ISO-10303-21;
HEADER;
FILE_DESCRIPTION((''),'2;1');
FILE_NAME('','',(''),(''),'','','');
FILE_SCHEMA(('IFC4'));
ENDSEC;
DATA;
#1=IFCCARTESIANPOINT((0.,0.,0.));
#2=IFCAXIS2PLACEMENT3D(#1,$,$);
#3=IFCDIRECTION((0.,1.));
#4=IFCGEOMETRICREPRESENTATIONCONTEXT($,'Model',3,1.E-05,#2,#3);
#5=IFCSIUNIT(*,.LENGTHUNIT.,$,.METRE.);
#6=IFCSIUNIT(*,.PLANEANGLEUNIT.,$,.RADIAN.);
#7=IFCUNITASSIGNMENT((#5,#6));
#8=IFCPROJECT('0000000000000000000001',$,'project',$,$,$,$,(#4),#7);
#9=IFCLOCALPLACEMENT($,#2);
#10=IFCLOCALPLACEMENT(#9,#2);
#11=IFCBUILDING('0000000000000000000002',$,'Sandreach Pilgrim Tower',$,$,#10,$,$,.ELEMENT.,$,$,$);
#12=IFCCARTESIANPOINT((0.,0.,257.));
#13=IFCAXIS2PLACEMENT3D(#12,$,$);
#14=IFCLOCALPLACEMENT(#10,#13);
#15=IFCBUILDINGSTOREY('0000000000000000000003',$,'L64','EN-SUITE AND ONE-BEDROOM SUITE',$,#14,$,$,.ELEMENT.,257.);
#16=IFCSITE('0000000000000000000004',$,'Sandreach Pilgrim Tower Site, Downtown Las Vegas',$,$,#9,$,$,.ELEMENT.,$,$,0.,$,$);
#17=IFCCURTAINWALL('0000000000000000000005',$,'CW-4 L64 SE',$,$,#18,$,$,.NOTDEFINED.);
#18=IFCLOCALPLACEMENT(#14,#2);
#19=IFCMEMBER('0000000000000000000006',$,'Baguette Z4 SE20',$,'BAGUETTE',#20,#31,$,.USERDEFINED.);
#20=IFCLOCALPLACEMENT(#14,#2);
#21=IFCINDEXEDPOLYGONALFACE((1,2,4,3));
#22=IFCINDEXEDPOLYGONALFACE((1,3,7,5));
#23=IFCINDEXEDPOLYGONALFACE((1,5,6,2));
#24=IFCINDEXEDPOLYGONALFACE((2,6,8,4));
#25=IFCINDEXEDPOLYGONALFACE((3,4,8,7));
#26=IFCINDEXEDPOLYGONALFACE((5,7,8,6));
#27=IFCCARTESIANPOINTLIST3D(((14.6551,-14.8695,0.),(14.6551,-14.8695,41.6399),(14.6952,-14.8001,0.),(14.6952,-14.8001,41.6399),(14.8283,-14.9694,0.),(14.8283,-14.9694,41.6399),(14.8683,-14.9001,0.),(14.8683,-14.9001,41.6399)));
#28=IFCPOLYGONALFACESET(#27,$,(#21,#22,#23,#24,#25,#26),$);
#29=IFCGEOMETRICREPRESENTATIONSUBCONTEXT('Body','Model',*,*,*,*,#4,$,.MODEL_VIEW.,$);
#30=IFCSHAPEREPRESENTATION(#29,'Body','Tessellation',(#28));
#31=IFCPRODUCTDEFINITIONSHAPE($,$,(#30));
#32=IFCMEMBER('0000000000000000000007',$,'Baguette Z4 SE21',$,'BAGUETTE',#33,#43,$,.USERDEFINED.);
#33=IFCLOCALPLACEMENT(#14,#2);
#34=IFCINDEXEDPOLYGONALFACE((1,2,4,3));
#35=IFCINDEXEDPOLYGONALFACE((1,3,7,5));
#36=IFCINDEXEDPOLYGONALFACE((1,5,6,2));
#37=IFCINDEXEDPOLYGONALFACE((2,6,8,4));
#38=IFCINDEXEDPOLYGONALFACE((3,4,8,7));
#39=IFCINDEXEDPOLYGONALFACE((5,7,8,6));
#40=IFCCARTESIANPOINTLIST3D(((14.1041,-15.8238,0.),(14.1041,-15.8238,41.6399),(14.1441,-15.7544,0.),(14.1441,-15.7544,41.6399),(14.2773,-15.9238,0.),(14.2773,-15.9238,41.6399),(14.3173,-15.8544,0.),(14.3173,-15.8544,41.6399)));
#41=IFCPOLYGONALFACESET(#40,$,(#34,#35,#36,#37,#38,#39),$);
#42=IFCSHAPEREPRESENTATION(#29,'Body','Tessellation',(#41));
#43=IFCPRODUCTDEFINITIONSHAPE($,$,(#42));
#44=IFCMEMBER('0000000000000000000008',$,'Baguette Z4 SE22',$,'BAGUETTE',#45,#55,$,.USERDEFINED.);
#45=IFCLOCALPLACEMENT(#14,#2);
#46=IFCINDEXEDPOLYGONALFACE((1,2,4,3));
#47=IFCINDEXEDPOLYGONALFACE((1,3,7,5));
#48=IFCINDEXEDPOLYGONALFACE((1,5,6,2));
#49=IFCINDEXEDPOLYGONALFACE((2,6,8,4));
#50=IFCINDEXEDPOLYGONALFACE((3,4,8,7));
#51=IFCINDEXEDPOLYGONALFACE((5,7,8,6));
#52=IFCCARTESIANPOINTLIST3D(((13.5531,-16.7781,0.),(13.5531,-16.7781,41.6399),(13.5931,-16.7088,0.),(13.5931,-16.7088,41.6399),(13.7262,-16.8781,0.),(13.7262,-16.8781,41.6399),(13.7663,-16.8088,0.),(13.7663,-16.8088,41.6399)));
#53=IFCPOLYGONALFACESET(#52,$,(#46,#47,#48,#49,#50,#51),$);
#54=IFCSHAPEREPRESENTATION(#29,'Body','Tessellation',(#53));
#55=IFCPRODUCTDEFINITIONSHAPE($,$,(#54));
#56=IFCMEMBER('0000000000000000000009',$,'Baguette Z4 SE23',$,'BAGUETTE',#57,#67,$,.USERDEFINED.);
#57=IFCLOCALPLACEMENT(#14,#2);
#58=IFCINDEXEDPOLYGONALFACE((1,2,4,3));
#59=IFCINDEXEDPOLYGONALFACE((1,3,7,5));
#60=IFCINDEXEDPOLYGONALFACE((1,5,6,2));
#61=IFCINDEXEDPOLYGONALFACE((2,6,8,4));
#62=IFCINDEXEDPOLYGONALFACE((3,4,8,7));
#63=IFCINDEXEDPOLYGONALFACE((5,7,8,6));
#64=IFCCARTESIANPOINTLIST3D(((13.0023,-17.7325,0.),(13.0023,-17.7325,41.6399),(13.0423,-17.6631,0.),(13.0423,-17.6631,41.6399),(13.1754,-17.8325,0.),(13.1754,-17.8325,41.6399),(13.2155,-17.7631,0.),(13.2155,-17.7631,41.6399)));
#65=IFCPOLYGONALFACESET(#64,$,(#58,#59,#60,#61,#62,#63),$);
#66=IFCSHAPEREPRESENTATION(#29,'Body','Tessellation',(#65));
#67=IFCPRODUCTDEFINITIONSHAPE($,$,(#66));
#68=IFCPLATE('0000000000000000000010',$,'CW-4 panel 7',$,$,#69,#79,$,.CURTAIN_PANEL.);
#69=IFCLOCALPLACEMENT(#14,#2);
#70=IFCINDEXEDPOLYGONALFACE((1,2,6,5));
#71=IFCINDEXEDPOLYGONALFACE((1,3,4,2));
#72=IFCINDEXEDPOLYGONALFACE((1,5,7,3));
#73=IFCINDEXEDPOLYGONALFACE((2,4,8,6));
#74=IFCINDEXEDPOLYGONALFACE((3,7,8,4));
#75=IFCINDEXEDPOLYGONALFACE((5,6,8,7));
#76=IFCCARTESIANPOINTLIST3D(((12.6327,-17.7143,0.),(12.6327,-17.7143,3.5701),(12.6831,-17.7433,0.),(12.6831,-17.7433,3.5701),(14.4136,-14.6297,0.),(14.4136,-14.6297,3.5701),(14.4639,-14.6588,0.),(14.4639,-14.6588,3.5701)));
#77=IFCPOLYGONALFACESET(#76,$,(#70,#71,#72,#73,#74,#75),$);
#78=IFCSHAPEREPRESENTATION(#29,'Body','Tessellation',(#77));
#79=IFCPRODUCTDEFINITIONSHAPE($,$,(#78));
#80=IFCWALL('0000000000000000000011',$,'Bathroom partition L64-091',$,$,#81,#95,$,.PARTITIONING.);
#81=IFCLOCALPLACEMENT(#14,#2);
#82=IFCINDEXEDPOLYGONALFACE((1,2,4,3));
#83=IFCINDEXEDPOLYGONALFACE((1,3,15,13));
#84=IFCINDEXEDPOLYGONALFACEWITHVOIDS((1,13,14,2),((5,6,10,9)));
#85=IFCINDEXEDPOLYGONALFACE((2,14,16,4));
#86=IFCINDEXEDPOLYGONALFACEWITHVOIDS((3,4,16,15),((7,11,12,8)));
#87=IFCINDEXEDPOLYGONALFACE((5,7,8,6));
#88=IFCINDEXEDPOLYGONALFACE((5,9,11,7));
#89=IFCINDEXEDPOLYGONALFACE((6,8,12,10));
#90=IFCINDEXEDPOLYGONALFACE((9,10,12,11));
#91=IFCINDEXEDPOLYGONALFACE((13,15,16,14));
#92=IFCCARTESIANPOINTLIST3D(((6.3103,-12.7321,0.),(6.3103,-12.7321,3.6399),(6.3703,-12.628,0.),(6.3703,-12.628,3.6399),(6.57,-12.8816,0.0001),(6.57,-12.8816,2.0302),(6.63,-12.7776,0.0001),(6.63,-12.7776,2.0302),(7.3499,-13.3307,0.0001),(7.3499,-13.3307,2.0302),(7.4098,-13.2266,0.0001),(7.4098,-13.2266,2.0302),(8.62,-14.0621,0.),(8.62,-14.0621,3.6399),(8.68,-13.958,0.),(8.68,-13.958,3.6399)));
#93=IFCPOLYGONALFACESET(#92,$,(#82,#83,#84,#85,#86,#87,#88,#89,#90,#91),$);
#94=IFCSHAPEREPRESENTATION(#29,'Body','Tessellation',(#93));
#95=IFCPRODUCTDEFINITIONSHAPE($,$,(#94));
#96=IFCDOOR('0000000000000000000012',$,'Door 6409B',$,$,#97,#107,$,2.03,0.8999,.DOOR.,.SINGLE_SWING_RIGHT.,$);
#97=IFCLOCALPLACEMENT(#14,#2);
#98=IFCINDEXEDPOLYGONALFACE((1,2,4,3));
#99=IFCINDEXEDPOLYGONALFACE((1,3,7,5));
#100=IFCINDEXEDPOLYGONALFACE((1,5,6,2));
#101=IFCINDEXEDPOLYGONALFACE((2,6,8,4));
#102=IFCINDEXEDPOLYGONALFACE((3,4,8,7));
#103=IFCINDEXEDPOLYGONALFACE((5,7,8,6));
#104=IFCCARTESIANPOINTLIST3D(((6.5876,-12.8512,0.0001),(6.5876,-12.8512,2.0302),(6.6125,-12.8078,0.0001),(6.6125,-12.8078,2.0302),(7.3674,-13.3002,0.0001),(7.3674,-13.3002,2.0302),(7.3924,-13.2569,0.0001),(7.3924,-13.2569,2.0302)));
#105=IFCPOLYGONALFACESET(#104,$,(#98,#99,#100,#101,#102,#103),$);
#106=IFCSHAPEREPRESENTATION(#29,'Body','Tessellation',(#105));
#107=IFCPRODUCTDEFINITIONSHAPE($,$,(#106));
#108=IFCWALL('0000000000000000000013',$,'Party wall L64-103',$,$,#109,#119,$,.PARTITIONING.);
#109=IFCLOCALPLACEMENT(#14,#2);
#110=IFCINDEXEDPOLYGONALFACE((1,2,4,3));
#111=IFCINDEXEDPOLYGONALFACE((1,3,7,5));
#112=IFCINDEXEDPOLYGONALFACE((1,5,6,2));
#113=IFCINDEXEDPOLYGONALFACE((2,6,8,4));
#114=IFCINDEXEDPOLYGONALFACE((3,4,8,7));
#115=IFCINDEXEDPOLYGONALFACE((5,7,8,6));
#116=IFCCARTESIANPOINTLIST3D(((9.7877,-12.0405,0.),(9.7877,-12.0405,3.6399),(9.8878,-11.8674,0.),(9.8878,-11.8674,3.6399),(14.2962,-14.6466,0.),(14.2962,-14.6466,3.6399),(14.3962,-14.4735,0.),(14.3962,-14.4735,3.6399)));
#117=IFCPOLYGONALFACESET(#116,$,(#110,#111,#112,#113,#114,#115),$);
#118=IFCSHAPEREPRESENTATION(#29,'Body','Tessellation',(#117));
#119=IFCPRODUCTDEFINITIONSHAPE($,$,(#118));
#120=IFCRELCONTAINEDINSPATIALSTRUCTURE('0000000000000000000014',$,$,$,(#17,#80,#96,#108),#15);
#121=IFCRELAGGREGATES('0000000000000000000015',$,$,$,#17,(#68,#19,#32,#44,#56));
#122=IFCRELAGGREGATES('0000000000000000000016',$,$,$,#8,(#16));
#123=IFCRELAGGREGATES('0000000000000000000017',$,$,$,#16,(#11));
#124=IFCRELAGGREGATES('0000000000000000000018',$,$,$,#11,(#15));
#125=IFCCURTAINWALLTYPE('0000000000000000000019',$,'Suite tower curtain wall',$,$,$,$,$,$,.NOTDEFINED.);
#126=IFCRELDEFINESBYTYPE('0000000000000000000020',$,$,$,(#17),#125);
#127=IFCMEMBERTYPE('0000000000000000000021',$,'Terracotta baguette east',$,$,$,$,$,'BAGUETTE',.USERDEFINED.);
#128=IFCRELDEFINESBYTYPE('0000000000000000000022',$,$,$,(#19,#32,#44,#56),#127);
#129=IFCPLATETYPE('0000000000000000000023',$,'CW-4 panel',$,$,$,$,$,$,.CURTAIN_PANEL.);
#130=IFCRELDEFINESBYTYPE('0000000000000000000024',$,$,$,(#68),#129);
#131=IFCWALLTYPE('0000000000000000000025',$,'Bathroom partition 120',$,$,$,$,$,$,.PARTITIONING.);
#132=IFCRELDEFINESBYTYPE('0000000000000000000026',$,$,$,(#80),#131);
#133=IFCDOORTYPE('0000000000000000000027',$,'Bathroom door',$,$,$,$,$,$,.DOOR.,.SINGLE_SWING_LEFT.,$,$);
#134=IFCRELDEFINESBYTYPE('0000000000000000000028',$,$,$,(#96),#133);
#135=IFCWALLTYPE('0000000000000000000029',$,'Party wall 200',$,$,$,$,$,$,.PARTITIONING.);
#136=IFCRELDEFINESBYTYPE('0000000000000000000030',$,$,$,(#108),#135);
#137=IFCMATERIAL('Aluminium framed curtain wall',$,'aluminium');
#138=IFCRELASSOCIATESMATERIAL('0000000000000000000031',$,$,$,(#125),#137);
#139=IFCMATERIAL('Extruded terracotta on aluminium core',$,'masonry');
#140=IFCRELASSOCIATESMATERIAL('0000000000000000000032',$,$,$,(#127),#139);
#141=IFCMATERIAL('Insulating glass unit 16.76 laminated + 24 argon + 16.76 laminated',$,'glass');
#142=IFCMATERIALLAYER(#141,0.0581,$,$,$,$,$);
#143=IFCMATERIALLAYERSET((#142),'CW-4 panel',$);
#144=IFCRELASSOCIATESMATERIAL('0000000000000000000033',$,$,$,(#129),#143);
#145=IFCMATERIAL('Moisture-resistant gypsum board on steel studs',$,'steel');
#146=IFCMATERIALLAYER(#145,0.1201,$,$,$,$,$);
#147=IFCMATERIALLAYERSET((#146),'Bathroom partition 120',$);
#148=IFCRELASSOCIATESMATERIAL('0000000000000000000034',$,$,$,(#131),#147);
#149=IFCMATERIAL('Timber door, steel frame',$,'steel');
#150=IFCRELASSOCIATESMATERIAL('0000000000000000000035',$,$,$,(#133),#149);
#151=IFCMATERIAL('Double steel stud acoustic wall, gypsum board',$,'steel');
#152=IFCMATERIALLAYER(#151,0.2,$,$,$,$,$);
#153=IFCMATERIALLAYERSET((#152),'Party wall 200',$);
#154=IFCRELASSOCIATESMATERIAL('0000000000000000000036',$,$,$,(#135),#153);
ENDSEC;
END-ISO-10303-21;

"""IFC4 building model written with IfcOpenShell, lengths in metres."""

from ifc_helpers import new_model, si_unit, direction, frame, frame_2d, origin, origin_2d, place, context, subcontext, project, spatial, rectangle, extrude, material, layer, layer_set, material_profile, profile_set, type_object, element, fill, aggregate, save


model = new_model("IFC4")

# Units and contexts
model_context = context("Model", 3, precision=1e-05, world=origin(), true_north=direction((0.0, 1.0)))
body_context = subcontext(model_context, "Body", "Model", "MODEL_VIEW")
ifc_project = project(units=[si_unit("LENGTHUNIT", "METRE"), si_unit("PLANEANGLEUNIT", "RADIAN")], contexts=[model_context])

# Site, building, storey
site_placement = place(None, origin())
site = spatial("IfcSite", under=ifc_project, at=site_placement, Name="Sandreach Pilgrim Tower Site, Downtown Las Vegas", CompositionType="ELEMENT", RefElevation=0.0)
building_placement = place(site_placement, origin())
building = spatial("IfcBuilding", under=site, at=building_placement, Name="Sandreach Pilgrim Tower", CompositionType="ELEMENT")
storey_placement = place(building_placement, frame((0.0, 0.0, 257.0)))
storey = spatial("IfcBuildingStorey", under=building, at=storey_placement, Name="L64", Description="EN-SUITE AND ONE-BEDROOM SUITE", CompositionType="ELEMENT", Elevation=257.0)

# Curtain wall
ifc_material_1 = material(Name="Aluminium framed curtain wall", Category="aluminium")
curtain_wall_type = type_object("IfcCurtainWallType", Name="Suite tower curtain wall", PredefinedType="NOTDEFINED", material=ifc_material_1)
curtain_wall_placement = place(storey_placement, origin())
curtain_wall = element("IfcCurtainWall", 1, at=curtain_wall_placement, inside=storey, type_object=curtain_wall_type, Name="CW-4 L64 SE", PredefinedType="NOTDEFINED")

# Members
ifc_material_2 = material(Name="Extruded terracotta on aluminium core", Category="masonry")
ifc_material_profile_1 = material_profile(ifc_material_2, rectangle(XDim=0.0801, YDim=0.2, at=origin_2d()), Name="TBE 80X200")
ifc_profile_set_1 = profile_set([ifc_material_profile_1], Name="Extruded terracotta on aluminium core")
member_type_1 = type_object("IfcMemberType", Name="Terracotta baguette east", ElementType="BAGUETTE", PredefinedType="USERDEFINED", material=ifc_profile_set_1)
member_1_placement = place(storey_placement, frame((14.7617, -14.8848, 0.0), z_axis=(0.0, 0.0, 1.0), x_axis=(-0.5, -0.866025, 0.0)))
member_1 = element("IfcMember", 2, at=member_1_placement, type_object=member_type_1, Name="Baguette Z4 SE20", ObjectType="BAGUETTE", PredefinedType="USERDEFINED", context=body_context, shape_type="SweptSolid", body=[
    extrude(rectangle(XDim=0.0801, YDim=0.2, at=origin_2d()), origin(), (0.0, 0.0, 1.0), 41.6399),
])
member_2_placement = place(storey_placement, frame((14.2107, -15.8391, 0.0), z_axis=(0.0, 0.0, 1.0), x_axis=(-0.5, -0.866025, 0.0)))
member_2 = element("IfcMember", 3, at=member_2_placement, type_object=member_type_1, Name="Baguette Z4 SE21", ObjectType="BAGUETTE", PredefinedType="USERDEFINED", context=body_context, shape_type="SweptSolid", body=[
    extrude(rectangle(XDim=0.0801, YDim=0.2, at=origin_2d()), origin(), (0.0, 0.0, 1.0), 41.6399),
])
member_3_placement = place(storey_placement, frame((13.6597, -16.7935, 0.0), z_axis=(0.0, 0.0, 1.0), x_axis=(-0.5, -0.866025, 0.0)))
member_3 = element("IfcMember", 4, at=member_3_placement, type_object=member_type_1, Name="Baguette Z4 SE22", ObjectType="BAGUETTE", PredefinedType="USERDEFINED", context=body_context, shape_type="SweptSolid", body=[
    extrude(rectangle(XDim=0.0801, YDim=0.2, at=origin_2d()), origin(), (0.0, 0.0, 1.0), 41.6399),
])
member_4_placement = place(storey_placement, frame((13.1089, -17.7478, 0.0), z_axis=(0.0, 0.0, 1.0), x_axis=(-0.5, -0.866025, 0.0)))
member_4 = element("IfcMember", 5, at=member_4_placement, type_object=member_type_1, Name="Baguette Z4 SE23", ObjectType="BAGUETTE", PredefinedType="USERDEFINED", context=body_context, shape_type="SweptSolid", body=[
    extrude(rectangle(XDim=0.0801, YDim=0.2, at=origin_2d()), origin(), (0.0, 0.0, 1.0), 41.6399),
])

# Plate
ifc_material_3 = material(Name="Insulating glass unit 16.76 laminated + 24 argon + 16.76 laminated", Category="glass")
ifc_layer_1 = layer(ifc_material_3, 0.0581)
ifc_layer_set_1 = layer_set([ifc_layer_1], Name="CW-4 panel")
plate_type = type_object("IfcPlateType", Name="CW-4 panel", PredefinedType="CURTAIN_PANEL", material=ifc_layer_set_1)
plate_placement = place(storey_placement, frame((13.5483, -16.1865, 0.0), z_axis=(0.0, 0.0, 1.0), x_axis=(-0.5, -0.866025, 0.0)))
plate = element("IfcPlate", 6, at=plate_placement, type_object=plate_type, Name="CW-4 panel 7", PredefinedType="CURTAIN_PANEL", context=body_context, shape_type="SweptSolid", body=[
    extrude(rectangle(XDim=3.5618, YDim=0.0581, at=origin_2d()), origin(), (0.0, 0.0, 1.0), 3.5701),
])
aggregate(curtain_wall, [plate, member_1, member_2, member_3, member_4])

# Wall, opening, door
ifc_material_4 = material(Name="Moisture-resistant gypsum board on steel studs", Category="steel")
ifc_layer_2 = layer(ifc_material_4, 0.1201)
ifc_layer_set_2 = layer_set([ifc_layer_2], Name="Bathroom partition 120")
wall_type_1 = type_object("IfcWallType", Name="Bathroom partition 120", PredefinedType="PARTITIONING", material=ifc_layer_set_2)
wall_1_placement = place(storey_placement, frame((8.6499, -14.01, 0.0), z_axis=(0.0, 0.0, 1.0), x_axis=(-0.866592, 0.499017, 0.0)))
wall_1 = element("IfcWall", 7, at=wall_1_placement, inside=storey, type_object=wall_type_1, Name="Bathroom partition L64-091", PredefinedType="PARTITIONING", context=body_context, shape_type="SweptSolid", body=[
    extrude(rectangle(XDim=2.6653, YDim=0.1201, at=frame_2d((1.3325, 0.0))), origin(), (0.0, 0.0, 1.0), 3.6399),
])
opening_placement = place(wall_1_placement, frame((1.4656, 0.0, 0.0)))
opening = element("IfcOpeningElement", 8, at=opening_placement, cuts=wall_1, PredefinedType="OPENING", context=body_context, shape_type="SweptSolid", body=[
    extrude(rectangle(XDim=0.8999, YDim=2.03, at=frame_2d((0.45, 1.0151))), frame((0.0, 0.0601, 0.0), z_axis=(0.0, -1.0, 0.0), x_axis=(1.0, 0.0, 0.0)), (0.0, 0.0, 1.0), 0.1201),
])
ifc_material_5 = material(Name="Timber door, steel frame", Category="steel")
door_type = type_object("IfcDoorType", Name="Bathroom door", OperationType="SINGLE_SWING_LEFT", PredefinedType="DOOR", material=ifc_material_5)
door_placement = place(opening_placement, origin())
door = element("IfcDoor", 9, at=door_placement, inside=storey, type_object=door_type, Name="Door 6409B", OperationType="SINGLE_SWING_RIGHT", OverallHeight=2.03, OverallWidth=0.8999, PredefinedType="DOOR", context=body_context, shape_type="SweptSolid", body=[
    extrude(rectangle(XDim=0.8999, YDim=2.03, at=frame_2d((0.45, 1.0151))), frame((0.0, 0.0249, 0.0), z_axis=(0.0, -1.0, 0.0), x_axis=(1.0, 0.0, 0.0)), (0.0, 0.0, 1.0), 0.05),
])
fill(opening, door)

# Wall
ifc_material_6 = material(Name="Double steel stud acoustic wall, gypsum board", Category="steel")
ifc_layer_3 = layer(ifc_material_6, 0.2)
ifc_layer_set_3 = layer_set([ifc_layer_3], Name="Party wall 200")
wall_type_2 = type_object("IfcWallType", Name="Party wall 200", PredefinedType="PARTITIONING", material=ifc_layer_set_3)
wall_2_placement = place(storey_placement, frame((14.3462, -14.5601, 0.0), z_axis=(0.0, 0.0, 1.0), x_axis=(-0.86576, 0.50046, 0.0)))
element("IfcWall", 10, at=wall_2_placement, inside=storey, type_object=wall_type_2, Name="Party wall L64-103", PredefinedType="PARTITIONING", context=body_context, shape_type="SweptSolid", body=[
    extrude(rectangle(XDim=5.2075, YDim=0.2, at=frame_2d((2.6038, 0.0))), origin(), (0.0, 0.0, 1.0), 3.6399),
])

save(model, "model.ifc")
